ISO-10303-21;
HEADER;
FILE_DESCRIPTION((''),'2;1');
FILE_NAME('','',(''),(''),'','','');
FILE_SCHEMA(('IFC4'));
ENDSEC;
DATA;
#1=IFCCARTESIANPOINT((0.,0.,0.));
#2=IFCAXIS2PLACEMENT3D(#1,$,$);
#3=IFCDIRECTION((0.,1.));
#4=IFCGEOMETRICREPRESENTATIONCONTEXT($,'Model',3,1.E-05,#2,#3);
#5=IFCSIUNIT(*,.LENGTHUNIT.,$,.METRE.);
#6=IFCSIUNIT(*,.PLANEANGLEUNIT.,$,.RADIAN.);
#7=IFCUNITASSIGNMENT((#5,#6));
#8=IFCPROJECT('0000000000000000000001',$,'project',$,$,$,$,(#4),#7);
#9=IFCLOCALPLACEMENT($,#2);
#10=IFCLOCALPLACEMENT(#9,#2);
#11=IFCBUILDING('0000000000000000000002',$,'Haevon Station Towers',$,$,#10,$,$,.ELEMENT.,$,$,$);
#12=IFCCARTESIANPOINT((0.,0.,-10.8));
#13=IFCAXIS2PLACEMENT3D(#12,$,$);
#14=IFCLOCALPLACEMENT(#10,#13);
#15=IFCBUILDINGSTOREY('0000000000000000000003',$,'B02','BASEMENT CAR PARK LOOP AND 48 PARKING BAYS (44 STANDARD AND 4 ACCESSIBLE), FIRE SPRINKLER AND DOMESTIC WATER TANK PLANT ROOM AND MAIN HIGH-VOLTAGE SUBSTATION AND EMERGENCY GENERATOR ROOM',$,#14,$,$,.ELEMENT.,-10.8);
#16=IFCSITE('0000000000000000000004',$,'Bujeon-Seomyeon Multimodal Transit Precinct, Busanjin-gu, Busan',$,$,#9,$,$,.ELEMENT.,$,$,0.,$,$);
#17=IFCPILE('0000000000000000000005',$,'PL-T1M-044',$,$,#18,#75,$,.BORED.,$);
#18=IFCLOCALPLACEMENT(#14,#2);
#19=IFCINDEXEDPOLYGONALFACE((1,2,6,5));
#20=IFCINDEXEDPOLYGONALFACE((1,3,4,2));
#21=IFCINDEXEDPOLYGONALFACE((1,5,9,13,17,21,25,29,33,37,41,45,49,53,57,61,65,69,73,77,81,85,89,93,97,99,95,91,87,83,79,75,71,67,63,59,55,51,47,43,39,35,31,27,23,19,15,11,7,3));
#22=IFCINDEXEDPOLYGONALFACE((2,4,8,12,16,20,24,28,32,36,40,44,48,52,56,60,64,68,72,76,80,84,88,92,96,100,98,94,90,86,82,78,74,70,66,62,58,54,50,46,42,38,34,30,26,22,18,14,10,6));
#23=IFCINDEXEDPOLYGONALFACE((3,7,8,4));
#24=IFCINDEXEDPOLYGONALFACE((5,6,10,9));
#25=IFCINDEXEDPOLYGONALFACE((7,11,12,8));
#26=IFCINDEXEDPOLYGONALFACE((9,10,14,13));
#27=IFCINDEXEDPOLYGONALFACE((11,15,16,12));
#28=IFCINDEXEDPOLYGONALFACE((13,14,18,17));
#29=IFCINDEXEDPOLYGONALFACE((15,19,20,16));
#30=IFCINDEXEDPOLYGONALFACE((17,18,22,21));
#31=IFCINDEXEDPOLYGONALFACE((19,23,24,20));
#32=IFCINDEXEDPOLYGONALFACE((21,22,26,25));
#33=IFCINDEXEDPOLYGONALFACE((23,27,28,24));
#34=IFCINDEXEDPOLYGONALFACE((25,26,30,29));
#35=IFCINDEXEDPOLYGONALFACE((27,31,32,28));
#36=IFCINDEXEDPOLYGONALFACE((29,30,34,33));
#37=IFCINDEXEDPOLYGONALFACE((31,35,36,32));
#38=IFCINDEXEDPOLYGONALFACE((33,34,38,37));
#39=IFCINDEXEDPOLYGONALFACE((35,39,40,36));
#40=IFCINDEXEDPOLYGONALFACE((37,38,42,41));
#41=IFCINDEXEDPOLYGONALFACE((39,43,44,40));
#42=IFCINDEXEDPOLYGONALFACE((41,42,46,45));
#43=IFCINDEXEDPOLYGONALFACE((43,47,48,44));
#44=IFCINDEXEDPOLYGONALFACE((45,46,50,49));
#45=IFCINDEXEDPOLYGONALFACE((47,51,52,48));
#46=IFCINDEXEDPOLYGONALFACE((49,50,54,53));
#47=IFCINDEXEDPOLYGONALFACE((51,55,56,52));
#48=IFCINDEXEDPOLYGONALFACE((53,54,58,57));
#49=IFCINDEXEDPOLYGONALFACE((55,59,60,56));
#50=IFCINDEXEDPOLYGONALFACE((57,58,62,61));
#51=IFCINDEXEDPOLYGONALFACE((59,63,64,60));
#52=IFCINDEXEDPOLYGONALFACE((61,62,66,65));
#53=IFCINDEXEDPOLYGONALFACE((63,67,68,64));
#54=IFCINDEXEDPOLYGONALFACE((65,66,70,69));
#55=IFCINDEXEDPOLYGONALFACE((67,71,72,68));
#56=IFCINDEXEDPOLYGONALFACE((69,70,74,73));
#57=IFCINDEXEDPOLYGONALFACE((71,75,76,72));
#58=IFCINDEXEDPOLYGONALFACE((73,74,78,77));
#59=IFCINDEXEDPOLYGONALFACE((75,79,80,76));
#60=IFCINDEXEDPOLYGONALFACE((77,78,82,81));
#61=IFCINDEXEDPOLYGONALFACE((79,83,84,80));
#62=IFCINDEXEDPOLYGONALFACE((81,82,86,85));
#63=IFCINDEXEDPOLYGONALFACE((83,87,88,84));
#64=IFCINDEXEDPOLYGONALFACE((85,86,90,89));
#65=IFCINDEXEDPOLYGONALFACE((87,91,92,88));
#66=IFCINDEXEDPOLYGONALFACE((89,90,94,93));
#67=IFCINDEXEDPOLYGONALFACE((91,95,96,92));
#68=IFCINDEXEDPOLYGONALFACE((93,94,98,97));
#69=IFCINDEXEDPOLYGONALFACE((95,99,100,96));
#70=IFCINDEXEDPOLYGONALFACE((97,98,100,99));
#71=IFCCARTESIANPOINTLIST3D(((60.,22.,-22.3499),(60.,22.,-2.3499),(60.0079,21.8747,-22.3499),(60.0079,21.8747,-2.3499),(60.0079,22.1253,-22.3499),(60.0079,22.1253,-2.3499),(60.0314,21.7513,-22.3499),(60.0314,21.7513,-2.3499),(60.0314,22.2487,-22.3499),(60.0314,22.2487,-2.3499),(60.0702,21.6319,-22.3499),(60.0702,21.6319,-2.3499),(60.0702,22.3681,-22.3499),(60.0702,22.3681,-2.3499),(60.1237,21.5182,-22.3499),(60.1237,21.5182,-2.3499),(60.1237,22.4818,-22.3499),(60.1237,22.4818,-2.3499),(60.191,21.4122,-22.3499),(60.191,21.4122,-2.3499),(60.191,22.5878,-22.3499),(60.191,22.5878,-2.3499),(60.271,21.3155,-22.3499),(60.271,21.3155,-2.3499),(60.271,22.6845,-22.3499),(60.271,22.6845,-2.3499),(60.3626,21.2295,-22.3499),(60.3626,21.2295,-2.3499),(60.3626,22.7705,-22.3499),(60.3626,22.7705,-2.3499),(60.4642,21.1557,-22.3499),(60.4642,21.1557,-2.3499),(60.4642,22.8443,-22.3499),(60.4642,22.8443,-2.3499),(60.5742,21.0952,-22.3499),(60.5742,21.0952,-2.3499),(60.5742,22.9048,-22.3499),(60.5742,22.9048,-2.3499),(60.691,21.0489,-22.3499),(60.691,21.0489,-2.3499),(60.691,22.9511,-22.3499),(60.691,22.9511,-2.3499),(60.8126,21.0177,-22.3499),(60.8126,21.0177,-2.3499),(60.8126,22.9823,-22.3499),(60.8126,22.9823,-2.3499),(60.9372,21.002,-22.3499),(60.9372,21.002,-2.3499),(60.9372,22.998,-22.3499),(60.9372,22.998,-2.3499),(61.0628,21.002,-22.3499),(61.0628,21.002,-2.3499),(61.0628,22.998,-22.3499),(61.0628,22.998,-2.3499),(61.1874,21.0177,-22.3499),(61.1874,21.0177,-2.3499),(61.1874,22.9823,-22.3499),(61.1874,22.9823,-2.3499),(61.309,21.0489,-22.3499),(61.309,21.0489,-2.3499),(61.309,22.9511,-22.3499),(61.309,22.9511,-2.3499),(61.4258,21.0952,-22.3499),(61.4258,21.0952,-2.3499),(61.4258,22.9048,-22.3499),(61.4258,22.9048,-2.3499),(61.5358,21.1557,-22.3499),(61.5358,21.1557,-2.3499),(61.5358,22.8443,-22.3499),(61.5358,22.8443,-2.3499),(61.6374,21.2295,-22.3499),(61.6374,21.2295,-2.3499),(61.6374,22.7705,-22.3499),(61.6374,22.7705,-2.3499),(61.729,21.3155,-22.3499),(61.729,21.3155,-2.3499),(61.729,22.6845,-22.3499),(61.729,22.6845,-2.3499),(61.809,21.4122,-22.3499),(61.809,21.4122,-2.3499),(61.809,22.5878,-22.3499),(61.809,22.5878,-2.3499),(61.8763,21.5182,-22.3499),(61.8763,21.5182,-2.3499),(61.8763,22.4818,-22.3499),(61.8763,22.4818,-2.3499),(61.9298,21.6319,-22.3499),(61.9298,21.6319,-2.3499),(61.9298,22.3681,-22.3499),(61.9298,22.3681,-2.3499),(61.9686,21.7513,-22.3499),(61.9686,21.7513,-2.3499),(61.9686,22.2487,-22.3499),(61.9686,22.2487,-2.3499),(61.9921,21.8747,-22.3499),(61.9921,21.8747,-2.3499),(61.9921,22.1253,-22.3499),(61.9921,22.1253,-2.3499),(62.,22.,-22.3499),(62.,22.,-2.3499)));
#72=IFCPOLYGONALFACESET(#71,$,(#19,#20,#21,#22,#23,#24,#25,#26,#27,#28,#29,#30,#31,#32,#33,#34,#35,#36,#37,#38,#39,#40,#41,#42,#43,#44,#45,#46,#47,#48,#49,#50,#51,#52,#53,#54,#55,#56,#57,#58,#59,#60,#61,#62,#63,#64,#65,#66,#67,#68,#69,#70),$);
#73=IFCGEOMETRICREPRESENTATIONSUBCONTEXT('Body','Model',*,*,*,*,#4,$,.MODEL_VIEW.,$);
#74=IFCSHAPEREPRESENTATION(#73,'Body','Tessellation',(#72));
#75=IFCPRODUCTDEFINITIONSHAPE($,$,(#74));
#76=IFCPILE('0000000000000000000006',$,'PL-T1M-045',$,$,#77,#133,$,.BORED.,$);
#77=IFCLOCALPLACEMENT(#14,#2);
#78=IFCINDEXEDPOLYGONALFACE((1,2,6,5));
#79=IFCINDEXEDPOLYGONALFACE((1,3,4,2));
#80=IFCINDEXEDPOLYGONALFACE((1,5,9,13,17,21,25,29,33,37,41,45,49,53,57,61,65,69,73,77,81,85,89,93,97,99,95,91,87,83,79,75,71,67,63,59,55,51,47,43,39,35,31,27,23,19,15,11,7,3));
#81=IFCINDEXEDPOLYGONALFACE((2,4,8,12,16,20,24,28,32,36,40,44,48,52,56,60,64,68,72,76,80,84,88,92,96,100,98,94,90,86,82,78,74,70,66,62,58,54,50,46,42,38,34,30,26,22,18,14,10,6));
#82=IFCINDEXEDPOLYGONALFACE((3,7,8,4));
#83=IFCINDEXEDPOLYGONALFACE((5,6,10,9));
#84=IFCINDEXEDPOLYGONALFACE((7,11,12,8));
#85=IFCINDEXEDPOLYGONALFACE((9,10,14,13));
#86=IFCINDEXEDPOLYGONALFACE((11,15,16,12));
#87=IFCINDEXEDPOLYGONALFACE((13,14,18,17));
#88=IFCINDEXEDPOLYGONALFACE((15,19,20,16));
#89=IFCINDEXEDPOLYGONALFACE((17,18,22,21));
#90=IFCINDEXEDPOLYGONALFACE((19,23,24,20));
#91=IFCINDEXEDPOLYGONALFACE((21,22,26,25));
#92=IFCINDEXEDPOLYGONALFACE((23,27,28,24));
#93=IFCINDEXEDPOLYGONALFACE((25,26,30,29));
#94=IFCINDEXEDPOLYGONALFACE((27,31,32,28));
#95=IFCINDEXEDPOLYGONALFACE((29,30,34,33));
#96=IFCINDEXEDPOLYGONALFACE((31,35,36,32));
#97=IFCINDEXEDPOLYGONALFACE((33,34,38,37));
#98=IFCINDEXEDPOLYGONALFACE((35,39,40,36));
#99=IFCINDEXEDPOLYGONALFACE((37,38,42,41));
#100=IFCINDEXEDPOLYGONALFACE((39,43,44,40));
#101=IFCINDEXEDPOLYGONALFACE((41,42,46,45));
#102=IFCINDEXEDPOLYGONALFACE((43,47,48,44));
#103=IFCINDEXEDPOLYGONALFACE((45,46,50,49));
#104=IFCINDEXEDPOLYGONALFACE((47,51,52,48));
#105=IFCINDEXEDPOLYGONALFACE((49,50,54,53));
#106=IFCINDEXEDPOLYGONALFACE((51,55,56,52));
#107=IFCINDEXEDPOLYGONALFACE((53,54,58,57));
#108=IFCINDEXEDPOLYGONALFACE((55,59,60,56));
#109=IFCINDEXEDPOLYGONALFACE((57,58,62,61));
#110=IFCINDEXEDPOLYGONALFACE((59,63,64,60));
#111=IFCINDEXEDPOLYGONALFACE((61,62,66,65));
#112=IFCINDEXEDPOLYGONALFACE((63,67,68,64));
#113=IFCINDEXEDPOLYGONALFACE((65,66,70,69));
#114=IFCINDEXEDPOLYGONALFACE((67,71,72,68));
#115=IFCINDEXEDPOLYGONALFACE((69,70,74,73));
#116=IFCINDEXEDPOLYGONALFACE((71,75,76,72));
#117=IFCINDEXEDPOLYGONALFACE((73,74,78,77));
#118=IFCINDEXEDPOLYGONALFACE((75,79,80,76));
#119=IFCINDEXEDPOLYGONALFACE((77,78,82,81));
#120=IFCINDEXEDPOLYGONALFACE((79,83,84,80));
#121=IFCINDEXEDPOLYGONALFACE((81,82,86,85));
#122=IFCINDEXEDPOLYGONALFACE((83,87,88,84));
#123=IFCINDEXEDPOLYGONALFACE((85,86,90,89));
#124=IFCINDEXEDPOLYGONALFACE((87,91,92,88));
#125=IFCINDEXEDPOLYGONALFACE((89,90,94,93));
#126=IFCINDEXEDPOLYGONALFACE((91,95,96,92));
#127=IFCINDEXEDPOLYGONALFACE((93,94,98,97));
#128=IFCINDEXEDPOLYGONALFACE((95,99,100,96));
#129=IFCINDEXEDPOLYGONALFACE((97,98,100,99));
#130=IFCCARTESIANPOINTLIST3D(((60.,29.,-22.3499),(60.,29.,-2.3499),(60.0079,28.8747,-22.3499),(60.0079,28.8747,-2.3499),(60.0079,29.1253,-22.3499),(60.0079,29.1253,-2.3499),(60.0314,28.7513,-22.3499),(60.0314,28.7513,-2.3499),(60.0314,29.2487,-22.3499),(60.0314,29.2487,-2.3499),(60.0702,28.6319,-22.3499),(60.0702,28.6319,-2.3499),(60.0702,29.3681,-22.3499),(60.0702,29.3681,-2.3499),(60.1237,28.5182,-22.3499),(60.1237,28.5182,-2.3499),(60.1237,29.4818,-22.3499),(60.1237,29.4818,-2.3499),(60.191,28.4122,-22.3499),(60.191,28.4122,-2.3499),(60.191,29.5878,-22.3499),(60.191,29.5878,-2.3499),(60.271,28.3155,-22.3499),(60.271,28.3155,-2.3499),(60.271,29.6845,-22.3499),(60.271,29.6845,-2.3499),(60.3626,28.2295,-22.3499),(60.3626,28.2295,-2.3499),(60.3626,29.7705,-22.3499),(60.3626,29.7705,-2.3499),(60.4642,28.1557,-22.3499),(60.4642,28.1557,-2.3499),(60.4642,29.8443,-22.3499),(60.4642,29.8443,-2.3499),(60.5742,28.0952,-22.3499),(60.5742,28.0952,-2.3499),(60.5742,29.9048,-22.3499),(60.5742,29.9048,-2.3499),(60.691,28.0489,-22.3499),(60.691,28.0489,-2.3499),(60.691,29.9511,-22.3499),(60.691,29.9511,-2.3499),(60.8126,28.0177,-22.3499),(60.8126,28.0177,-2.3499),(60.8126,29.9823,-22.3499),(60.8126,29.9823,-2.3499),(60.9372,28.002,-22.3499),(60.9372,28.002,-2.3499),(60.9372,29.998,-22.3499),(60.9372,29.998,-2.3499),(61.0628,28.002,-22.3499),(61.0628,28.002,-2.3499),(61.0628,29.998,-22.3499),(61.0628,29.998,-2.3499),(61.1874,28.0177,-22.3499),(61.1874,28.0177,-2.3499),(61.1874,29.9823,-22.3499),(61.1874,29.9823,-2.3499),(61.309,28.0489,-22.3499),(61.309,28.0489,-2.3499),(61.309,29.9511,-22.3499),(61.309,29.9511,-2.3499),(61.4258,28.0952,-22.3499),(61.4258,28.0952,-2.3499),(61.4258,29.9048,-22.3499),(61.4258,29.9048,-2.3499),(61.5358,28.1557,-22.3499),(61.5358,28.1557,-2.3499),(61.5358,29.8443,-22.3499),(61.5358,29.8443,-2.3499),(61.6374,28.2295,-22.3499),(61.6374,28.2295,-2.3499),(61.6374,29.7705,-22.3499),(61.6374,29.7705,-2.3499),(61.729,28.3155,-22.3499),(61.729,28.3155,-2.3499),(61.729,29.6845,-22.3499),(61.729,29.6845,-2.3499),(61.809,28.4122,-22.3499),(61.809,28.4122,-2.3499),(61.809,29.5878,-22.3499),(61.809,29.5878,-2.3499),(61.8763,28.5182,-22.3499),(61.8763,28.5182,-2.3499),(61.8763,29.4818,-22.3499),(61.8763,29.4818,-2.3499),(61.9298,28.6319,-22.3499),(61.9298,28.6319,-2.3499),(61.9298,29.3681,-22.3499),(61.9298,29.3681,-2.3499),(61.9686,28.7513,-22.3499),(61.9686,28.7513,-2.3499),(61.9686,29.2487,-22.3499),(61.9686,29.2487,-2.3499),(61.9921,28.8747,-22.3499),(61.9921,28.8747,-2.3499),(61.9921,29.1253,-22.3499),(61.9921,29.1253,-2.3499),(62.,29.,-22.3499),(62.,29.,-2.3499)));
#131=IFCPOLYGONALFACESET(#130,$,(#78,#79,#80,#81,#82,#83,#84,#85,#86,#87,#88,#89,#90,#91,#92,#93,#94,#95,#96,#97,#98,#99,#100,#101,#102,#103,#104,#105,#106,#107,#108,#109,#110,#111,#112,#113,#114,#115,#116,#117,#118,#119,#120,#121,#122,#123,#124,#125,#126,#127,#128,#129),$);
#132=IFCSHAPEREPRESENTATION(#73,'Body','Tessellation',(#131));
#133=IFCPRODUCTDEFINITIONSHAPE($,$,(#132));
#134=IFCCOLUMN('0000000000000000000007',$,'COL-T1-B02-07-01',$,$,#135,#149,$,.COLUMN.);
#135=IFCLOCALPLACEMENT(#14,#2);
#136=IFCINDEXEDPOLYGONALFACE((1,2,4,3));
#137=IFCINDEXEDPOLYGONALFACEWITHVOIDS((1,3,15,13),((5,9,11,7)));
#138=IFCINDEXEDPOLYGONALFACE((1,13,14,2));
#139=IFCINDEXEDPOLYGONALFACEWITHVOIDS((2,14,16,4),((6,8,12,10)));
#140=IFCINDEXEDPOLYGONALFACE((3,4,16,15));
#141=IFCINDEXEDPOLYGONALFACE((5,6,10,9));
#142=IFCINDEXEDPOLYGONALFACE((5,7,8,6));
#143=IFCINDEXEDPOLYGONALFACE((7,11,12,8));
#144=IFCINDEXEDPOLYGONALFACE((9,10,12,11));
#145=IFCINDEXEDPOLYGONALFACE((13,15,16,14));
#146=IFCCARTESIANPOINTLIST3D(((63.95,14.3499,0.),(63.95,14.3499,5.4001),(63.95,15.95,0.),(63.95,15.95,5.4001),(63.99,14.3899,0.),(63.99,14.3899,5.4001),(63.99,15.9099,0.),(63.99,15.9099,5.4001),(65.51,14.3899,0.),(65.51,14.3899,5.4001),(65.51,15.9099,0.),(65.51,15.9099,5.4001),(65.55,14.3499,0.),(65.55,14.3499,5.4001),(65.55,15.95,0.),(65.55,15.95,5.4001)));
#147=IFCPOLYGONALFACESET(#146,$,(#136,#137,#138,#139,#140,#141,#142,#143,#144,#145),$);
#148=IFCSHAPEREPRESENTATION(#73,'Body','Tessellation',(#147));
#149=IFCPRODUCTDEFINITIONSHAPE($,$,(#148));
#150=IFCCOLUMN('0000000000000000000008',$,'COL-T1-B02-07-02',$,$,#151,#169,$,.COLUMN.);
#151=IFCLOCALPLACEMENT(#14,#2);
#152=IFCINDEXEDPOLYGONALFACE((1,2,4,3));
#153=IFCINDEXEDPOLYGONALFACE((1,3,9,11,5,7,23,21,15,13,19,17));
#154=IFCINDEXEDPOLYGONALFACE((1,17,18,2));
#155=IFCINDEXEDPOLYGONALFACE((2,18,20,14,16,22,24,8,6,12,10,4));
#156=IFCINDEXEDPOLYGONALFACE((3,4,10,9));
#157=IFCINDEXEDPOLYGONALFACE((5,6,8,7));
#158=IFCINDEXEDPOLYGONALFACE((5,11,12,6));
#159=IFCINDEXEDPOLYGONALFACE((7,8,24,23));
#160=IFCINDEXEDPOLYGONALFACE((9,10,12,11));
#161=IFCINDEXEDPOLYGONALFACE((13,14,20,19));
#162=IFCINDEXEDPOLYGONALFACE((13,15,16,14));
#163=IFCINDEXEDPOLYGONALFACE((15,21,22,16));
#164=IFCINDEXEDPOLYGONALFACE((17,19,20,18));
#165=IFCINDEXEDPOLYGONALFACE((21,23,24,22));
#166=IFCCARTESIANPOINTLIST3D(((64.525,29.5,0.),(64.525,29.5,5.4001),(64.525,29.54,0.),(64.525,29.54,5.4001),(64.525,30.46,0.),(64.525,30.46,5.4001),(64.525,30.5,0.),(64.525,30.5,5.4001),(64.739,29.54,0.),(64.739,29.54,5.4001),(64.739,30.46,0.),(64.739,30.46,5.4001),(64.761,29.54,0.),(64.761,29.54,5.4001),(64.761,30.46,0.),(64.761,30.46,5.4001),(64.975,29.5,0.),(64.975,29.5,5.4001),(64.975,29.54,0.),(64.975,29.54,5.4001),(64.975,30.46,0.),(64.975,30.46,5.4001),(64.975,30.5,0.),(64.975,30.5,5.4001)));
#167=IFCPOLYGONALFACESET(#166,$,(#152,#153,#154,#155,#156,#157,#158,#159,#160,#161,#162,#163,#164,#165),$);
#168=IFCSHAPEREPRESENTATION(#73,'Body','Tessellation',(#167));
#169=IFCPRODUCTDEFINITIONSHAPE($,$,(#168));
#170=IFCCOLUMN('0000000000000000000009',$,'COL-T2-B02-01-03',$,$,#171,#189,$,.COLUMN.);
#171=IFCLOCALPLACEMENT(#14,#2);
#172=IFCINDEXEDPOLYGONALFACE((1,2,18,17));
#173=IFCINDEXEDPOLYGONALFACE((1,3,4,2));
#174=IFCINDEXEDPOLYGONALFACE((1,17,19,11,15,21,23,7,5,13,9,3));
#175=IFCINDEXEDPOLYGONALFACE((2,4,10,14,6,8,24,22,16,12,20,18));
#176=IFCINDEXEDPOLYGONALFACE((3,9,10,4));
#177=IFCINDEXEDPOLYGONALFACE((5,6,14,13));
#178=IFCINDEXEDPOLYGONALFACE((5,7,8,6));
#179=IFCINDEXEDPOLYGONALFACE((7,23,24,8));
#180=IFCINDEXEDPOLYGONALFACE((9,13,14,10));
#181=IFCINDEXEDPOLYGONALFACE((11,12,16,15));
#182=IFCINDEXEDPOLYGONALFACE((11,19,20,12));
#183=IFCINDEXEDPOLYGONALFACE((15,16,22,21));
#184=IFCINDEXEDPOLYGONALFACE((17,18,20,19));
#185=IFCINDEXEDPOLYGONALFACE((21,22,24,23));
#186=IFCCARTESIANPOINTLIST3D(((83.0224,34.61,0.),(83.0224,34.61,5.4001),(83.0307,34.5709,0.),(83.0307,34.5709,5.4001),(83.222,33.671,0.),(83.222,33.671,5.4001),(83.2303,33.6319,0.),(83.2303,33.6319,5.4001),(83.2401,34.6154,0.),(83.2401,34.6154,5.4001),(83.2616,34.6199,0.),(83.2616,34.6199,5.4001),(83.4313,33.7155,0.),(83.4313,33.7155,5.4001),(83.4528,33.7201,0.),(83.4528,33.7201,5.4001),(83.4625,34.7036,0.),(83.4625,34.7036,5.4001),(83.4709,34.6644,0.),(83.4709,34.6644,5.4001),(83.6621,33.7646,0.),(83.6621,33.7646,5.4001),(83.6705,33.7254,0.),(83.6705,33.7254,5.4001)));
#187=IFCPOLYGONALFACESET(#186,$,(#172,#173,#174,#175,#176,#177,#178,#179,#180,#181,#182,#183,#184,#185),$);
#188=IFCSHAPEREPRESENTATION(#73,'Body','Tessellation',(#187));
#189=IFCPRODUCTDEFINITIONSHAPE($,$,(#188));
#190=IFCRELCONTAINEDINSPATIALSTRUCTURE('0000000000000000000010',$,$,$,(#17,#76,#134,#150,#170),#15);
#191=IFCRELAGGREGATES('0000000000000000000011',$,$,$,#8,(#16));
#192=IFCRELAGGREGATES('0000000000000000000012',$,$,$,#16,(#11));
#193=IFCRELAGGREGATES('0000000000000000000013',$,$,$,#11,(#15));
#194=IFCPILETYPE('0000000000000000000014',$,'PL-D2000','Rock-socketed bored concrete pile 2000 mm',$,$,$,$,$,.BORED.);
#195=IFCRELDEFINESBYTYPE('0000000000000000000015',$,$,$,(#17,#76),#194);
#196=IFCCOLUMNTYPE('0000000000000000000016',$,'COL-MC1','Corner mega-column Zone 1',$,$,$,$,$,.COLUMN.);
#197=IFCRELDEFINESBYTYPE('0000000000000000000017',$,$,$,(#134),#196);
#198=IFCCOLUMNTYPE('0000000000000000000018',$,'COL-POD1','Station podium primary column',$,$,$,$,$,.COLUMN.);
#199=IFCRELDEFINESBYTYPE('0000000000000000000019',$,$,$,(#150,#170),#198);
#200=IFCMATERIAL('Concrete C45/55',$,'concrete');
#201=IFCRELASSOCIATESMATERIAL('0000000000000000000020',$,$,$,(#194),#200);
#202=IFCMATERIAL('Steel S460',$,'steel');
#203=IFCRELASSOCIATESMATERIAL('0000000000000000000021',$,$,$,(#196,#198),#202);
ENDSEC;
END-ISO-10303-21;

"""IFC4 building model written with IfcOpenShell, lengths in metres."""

from ifc_helpers import new_model, si_unit, direction, frame, origin, origin_2d, place, context, subcontext, project, spatial, hollow_rectangle, circle, i_section, extrude, material, material_profile, profile_set, type_object, element, save


model = new_model("IFC4")

# Units and contexts
model_context = context("Model", 3, precision=1e-05, world=origin(), true_north=direction((0.0, 1.0)))
body_context = subcontext(model_context, "Body", "Model", "MODEL_VIEW")
ifc_project = project(units=[si_unit("LENGTHUNIT", "METRE"), si_unit("PLANEANGLEUNIT", "RADIAN")], contexts=[model_context])

# Site, building, storey
site_placement = place(None, origin())
site = spatial("IfcSite", under=ifc_project, at=site_placement, Name="Bujeon-Seomyeon Multimodal Transit Precinct, Busanjin-gu, Busan", CompositionType="ELEMENT", RefElevation=0.0)
building_placement = place(site_placement, origin())
building = spatial("IfcBuilding", under=site, at=building_placement, Name="Haevon Station Towers", CompositionType="ELEMENT")
storey_placement = place(building_placement, frame((0.0, 0.0, -10.8)))
storey = spatial("IfcBuildingStorey", under=building, at=storey_placement, Name="B02", Description="BASEMENT CAR PARK LOOP AND 48 PARKING BAYS (44 STANDARD AND 4 ACCESSIBLE), FIRE SPRINKLER AND DOMESTIC WATER TANK PLANT ROOM AND MAIN HIGH-VOLTAGE SUBSTATION AND EMERGENCY GENERATOR ROOM", CompositionType="ELEMENT", Elevation=-10.8)

# Piles
ifc_material_1 = material(Name="Concrete C45/55", Category="concrete")
ifc_material_profile_1 = material_profile(ifc_material_1, circle(Radius=1.0, at=origin_2d()), Name="PILE-D2000")
ifc_profile_set_1 = profile_set([ifc_material_profile_1], Name="Concrete C45/55")
pile_type_1 = type_object("IfcPileType", Name="PL-D2000", Description="Rock-socketed bored concrete pile 2000 mm", PredefinedType="BORED", material=ifc_profile_set_1)
for number, where, z_axis, x_axis, name in (
    (1, (61.0, 22.0, -2.3499), (0.0, 0.0, -1.0), (1.0, 0.0, 0.0), "PL-T1M-044"),
    (2, (61.0, 29.0, -2.3499), (0.0, 0.0, -1.0), (1.0, 0.0, 0.0), "PL-T1M-045"),
):
    element("IfcPile", number, at=place(storey_placement, frame(where, z_axis=z_axis, x_axis=x_axis)), inside=storey, type_object=pile_type_1, Name=name, PredefinedType="BORED", context=body_context, shape_type="SweptSolid", body=[
        extrude(circle(Radius=1.0, at=origin_2d()), origin(), (0.0, 0.0, 1.0), 20.0),
    ])

# Columns
ifc_material_2 = material(Name="Steel S460", Category="steel")
ifc_material_profile_2 = material_profile(ifc_material_2, hollow_rectangle(XDim=1.6001, YDim=1.6001, WallThickness=0.04, at=origin_2d()), Name="BOX-1600x1600x40")
ifc_profile_set_2 = profile_set([ifc_material_profile_2], Name="Steel S460")
column_type_1 = type_object("IfcColumnType", Name="COL-MC1", Description="Corner mega-column Zone 1", PredefinedType="COLUMN", material=ifc_profile_set_2)
column_placement = place(storey_placement, frame((64.75, 15.1499, 0.0), z_axis=(0.0, 0.0, 1.0), x_axis=(1.0, 0.0, 0.0)))
element("IfcColumn", 3, at=column_placement, inside=storey, type_object=column_type_1, Name="COL-T1-B02-07-01", PredefinedType="COLUMN", context=body_context, shape_type="SweptSolid", body=[
    extrude(hollow_rectangle(XDim=1.6001, YDim=1.6001, WallThickness=0.04, at=origin_2d()), origin(), (0.0, 0.0, 1.0), 5.4001),
])
ifc_material_profile_3 = material_profile(ifc_material_2, i_section(OverallWidth=0.45, OverallDepth=1.0, WebThickness=0.022, FlangeThickness=0.04, at=origin_2d()), Name="H-1000x450x22x40")
ifc_profile_set_3 = profile_set([ifc_material_profile_3], Name="Steel S460")
column_type_2 = type_object("IfcColumnType", Name="COL-POD1", Description="Station podium primary column", PredefinedType="COLUMN", material=ifc_profile_set_3)
for number, where, z_axis, x_axis, name in (
    (4, (64.75, 30.0, 0.0), (0.0, 0.0, 1.0), (1.0, 0.0, 0.0), "COL-T1-B02-07-02"),
    (5, (83.3464, 34.1677, 0.0), (0.0, 0.0, 1.0), (0.978148, 0.207912, 0.0), "COL-T2-B02-01-03"),
):
    element("IfcColumn", number, at=place(storey_placement, frame(where, z_axis=z_axis, x_axis=x_axis)), inside=storey, type_object=column_type_2, Name=name, PredefinedType="COLUMN", context=body_context, shape_type="SweptSolid", body=[
        extrude(i_section(OverallWidth=0.45, OverallDepth=1.0, WebThickness=0.022, FlangeThickness=0.04, at=origin_2d()), origin(), (0.0, 0.0, 1.0), 5.4001),
    ])

save(model, "model.ifc")
